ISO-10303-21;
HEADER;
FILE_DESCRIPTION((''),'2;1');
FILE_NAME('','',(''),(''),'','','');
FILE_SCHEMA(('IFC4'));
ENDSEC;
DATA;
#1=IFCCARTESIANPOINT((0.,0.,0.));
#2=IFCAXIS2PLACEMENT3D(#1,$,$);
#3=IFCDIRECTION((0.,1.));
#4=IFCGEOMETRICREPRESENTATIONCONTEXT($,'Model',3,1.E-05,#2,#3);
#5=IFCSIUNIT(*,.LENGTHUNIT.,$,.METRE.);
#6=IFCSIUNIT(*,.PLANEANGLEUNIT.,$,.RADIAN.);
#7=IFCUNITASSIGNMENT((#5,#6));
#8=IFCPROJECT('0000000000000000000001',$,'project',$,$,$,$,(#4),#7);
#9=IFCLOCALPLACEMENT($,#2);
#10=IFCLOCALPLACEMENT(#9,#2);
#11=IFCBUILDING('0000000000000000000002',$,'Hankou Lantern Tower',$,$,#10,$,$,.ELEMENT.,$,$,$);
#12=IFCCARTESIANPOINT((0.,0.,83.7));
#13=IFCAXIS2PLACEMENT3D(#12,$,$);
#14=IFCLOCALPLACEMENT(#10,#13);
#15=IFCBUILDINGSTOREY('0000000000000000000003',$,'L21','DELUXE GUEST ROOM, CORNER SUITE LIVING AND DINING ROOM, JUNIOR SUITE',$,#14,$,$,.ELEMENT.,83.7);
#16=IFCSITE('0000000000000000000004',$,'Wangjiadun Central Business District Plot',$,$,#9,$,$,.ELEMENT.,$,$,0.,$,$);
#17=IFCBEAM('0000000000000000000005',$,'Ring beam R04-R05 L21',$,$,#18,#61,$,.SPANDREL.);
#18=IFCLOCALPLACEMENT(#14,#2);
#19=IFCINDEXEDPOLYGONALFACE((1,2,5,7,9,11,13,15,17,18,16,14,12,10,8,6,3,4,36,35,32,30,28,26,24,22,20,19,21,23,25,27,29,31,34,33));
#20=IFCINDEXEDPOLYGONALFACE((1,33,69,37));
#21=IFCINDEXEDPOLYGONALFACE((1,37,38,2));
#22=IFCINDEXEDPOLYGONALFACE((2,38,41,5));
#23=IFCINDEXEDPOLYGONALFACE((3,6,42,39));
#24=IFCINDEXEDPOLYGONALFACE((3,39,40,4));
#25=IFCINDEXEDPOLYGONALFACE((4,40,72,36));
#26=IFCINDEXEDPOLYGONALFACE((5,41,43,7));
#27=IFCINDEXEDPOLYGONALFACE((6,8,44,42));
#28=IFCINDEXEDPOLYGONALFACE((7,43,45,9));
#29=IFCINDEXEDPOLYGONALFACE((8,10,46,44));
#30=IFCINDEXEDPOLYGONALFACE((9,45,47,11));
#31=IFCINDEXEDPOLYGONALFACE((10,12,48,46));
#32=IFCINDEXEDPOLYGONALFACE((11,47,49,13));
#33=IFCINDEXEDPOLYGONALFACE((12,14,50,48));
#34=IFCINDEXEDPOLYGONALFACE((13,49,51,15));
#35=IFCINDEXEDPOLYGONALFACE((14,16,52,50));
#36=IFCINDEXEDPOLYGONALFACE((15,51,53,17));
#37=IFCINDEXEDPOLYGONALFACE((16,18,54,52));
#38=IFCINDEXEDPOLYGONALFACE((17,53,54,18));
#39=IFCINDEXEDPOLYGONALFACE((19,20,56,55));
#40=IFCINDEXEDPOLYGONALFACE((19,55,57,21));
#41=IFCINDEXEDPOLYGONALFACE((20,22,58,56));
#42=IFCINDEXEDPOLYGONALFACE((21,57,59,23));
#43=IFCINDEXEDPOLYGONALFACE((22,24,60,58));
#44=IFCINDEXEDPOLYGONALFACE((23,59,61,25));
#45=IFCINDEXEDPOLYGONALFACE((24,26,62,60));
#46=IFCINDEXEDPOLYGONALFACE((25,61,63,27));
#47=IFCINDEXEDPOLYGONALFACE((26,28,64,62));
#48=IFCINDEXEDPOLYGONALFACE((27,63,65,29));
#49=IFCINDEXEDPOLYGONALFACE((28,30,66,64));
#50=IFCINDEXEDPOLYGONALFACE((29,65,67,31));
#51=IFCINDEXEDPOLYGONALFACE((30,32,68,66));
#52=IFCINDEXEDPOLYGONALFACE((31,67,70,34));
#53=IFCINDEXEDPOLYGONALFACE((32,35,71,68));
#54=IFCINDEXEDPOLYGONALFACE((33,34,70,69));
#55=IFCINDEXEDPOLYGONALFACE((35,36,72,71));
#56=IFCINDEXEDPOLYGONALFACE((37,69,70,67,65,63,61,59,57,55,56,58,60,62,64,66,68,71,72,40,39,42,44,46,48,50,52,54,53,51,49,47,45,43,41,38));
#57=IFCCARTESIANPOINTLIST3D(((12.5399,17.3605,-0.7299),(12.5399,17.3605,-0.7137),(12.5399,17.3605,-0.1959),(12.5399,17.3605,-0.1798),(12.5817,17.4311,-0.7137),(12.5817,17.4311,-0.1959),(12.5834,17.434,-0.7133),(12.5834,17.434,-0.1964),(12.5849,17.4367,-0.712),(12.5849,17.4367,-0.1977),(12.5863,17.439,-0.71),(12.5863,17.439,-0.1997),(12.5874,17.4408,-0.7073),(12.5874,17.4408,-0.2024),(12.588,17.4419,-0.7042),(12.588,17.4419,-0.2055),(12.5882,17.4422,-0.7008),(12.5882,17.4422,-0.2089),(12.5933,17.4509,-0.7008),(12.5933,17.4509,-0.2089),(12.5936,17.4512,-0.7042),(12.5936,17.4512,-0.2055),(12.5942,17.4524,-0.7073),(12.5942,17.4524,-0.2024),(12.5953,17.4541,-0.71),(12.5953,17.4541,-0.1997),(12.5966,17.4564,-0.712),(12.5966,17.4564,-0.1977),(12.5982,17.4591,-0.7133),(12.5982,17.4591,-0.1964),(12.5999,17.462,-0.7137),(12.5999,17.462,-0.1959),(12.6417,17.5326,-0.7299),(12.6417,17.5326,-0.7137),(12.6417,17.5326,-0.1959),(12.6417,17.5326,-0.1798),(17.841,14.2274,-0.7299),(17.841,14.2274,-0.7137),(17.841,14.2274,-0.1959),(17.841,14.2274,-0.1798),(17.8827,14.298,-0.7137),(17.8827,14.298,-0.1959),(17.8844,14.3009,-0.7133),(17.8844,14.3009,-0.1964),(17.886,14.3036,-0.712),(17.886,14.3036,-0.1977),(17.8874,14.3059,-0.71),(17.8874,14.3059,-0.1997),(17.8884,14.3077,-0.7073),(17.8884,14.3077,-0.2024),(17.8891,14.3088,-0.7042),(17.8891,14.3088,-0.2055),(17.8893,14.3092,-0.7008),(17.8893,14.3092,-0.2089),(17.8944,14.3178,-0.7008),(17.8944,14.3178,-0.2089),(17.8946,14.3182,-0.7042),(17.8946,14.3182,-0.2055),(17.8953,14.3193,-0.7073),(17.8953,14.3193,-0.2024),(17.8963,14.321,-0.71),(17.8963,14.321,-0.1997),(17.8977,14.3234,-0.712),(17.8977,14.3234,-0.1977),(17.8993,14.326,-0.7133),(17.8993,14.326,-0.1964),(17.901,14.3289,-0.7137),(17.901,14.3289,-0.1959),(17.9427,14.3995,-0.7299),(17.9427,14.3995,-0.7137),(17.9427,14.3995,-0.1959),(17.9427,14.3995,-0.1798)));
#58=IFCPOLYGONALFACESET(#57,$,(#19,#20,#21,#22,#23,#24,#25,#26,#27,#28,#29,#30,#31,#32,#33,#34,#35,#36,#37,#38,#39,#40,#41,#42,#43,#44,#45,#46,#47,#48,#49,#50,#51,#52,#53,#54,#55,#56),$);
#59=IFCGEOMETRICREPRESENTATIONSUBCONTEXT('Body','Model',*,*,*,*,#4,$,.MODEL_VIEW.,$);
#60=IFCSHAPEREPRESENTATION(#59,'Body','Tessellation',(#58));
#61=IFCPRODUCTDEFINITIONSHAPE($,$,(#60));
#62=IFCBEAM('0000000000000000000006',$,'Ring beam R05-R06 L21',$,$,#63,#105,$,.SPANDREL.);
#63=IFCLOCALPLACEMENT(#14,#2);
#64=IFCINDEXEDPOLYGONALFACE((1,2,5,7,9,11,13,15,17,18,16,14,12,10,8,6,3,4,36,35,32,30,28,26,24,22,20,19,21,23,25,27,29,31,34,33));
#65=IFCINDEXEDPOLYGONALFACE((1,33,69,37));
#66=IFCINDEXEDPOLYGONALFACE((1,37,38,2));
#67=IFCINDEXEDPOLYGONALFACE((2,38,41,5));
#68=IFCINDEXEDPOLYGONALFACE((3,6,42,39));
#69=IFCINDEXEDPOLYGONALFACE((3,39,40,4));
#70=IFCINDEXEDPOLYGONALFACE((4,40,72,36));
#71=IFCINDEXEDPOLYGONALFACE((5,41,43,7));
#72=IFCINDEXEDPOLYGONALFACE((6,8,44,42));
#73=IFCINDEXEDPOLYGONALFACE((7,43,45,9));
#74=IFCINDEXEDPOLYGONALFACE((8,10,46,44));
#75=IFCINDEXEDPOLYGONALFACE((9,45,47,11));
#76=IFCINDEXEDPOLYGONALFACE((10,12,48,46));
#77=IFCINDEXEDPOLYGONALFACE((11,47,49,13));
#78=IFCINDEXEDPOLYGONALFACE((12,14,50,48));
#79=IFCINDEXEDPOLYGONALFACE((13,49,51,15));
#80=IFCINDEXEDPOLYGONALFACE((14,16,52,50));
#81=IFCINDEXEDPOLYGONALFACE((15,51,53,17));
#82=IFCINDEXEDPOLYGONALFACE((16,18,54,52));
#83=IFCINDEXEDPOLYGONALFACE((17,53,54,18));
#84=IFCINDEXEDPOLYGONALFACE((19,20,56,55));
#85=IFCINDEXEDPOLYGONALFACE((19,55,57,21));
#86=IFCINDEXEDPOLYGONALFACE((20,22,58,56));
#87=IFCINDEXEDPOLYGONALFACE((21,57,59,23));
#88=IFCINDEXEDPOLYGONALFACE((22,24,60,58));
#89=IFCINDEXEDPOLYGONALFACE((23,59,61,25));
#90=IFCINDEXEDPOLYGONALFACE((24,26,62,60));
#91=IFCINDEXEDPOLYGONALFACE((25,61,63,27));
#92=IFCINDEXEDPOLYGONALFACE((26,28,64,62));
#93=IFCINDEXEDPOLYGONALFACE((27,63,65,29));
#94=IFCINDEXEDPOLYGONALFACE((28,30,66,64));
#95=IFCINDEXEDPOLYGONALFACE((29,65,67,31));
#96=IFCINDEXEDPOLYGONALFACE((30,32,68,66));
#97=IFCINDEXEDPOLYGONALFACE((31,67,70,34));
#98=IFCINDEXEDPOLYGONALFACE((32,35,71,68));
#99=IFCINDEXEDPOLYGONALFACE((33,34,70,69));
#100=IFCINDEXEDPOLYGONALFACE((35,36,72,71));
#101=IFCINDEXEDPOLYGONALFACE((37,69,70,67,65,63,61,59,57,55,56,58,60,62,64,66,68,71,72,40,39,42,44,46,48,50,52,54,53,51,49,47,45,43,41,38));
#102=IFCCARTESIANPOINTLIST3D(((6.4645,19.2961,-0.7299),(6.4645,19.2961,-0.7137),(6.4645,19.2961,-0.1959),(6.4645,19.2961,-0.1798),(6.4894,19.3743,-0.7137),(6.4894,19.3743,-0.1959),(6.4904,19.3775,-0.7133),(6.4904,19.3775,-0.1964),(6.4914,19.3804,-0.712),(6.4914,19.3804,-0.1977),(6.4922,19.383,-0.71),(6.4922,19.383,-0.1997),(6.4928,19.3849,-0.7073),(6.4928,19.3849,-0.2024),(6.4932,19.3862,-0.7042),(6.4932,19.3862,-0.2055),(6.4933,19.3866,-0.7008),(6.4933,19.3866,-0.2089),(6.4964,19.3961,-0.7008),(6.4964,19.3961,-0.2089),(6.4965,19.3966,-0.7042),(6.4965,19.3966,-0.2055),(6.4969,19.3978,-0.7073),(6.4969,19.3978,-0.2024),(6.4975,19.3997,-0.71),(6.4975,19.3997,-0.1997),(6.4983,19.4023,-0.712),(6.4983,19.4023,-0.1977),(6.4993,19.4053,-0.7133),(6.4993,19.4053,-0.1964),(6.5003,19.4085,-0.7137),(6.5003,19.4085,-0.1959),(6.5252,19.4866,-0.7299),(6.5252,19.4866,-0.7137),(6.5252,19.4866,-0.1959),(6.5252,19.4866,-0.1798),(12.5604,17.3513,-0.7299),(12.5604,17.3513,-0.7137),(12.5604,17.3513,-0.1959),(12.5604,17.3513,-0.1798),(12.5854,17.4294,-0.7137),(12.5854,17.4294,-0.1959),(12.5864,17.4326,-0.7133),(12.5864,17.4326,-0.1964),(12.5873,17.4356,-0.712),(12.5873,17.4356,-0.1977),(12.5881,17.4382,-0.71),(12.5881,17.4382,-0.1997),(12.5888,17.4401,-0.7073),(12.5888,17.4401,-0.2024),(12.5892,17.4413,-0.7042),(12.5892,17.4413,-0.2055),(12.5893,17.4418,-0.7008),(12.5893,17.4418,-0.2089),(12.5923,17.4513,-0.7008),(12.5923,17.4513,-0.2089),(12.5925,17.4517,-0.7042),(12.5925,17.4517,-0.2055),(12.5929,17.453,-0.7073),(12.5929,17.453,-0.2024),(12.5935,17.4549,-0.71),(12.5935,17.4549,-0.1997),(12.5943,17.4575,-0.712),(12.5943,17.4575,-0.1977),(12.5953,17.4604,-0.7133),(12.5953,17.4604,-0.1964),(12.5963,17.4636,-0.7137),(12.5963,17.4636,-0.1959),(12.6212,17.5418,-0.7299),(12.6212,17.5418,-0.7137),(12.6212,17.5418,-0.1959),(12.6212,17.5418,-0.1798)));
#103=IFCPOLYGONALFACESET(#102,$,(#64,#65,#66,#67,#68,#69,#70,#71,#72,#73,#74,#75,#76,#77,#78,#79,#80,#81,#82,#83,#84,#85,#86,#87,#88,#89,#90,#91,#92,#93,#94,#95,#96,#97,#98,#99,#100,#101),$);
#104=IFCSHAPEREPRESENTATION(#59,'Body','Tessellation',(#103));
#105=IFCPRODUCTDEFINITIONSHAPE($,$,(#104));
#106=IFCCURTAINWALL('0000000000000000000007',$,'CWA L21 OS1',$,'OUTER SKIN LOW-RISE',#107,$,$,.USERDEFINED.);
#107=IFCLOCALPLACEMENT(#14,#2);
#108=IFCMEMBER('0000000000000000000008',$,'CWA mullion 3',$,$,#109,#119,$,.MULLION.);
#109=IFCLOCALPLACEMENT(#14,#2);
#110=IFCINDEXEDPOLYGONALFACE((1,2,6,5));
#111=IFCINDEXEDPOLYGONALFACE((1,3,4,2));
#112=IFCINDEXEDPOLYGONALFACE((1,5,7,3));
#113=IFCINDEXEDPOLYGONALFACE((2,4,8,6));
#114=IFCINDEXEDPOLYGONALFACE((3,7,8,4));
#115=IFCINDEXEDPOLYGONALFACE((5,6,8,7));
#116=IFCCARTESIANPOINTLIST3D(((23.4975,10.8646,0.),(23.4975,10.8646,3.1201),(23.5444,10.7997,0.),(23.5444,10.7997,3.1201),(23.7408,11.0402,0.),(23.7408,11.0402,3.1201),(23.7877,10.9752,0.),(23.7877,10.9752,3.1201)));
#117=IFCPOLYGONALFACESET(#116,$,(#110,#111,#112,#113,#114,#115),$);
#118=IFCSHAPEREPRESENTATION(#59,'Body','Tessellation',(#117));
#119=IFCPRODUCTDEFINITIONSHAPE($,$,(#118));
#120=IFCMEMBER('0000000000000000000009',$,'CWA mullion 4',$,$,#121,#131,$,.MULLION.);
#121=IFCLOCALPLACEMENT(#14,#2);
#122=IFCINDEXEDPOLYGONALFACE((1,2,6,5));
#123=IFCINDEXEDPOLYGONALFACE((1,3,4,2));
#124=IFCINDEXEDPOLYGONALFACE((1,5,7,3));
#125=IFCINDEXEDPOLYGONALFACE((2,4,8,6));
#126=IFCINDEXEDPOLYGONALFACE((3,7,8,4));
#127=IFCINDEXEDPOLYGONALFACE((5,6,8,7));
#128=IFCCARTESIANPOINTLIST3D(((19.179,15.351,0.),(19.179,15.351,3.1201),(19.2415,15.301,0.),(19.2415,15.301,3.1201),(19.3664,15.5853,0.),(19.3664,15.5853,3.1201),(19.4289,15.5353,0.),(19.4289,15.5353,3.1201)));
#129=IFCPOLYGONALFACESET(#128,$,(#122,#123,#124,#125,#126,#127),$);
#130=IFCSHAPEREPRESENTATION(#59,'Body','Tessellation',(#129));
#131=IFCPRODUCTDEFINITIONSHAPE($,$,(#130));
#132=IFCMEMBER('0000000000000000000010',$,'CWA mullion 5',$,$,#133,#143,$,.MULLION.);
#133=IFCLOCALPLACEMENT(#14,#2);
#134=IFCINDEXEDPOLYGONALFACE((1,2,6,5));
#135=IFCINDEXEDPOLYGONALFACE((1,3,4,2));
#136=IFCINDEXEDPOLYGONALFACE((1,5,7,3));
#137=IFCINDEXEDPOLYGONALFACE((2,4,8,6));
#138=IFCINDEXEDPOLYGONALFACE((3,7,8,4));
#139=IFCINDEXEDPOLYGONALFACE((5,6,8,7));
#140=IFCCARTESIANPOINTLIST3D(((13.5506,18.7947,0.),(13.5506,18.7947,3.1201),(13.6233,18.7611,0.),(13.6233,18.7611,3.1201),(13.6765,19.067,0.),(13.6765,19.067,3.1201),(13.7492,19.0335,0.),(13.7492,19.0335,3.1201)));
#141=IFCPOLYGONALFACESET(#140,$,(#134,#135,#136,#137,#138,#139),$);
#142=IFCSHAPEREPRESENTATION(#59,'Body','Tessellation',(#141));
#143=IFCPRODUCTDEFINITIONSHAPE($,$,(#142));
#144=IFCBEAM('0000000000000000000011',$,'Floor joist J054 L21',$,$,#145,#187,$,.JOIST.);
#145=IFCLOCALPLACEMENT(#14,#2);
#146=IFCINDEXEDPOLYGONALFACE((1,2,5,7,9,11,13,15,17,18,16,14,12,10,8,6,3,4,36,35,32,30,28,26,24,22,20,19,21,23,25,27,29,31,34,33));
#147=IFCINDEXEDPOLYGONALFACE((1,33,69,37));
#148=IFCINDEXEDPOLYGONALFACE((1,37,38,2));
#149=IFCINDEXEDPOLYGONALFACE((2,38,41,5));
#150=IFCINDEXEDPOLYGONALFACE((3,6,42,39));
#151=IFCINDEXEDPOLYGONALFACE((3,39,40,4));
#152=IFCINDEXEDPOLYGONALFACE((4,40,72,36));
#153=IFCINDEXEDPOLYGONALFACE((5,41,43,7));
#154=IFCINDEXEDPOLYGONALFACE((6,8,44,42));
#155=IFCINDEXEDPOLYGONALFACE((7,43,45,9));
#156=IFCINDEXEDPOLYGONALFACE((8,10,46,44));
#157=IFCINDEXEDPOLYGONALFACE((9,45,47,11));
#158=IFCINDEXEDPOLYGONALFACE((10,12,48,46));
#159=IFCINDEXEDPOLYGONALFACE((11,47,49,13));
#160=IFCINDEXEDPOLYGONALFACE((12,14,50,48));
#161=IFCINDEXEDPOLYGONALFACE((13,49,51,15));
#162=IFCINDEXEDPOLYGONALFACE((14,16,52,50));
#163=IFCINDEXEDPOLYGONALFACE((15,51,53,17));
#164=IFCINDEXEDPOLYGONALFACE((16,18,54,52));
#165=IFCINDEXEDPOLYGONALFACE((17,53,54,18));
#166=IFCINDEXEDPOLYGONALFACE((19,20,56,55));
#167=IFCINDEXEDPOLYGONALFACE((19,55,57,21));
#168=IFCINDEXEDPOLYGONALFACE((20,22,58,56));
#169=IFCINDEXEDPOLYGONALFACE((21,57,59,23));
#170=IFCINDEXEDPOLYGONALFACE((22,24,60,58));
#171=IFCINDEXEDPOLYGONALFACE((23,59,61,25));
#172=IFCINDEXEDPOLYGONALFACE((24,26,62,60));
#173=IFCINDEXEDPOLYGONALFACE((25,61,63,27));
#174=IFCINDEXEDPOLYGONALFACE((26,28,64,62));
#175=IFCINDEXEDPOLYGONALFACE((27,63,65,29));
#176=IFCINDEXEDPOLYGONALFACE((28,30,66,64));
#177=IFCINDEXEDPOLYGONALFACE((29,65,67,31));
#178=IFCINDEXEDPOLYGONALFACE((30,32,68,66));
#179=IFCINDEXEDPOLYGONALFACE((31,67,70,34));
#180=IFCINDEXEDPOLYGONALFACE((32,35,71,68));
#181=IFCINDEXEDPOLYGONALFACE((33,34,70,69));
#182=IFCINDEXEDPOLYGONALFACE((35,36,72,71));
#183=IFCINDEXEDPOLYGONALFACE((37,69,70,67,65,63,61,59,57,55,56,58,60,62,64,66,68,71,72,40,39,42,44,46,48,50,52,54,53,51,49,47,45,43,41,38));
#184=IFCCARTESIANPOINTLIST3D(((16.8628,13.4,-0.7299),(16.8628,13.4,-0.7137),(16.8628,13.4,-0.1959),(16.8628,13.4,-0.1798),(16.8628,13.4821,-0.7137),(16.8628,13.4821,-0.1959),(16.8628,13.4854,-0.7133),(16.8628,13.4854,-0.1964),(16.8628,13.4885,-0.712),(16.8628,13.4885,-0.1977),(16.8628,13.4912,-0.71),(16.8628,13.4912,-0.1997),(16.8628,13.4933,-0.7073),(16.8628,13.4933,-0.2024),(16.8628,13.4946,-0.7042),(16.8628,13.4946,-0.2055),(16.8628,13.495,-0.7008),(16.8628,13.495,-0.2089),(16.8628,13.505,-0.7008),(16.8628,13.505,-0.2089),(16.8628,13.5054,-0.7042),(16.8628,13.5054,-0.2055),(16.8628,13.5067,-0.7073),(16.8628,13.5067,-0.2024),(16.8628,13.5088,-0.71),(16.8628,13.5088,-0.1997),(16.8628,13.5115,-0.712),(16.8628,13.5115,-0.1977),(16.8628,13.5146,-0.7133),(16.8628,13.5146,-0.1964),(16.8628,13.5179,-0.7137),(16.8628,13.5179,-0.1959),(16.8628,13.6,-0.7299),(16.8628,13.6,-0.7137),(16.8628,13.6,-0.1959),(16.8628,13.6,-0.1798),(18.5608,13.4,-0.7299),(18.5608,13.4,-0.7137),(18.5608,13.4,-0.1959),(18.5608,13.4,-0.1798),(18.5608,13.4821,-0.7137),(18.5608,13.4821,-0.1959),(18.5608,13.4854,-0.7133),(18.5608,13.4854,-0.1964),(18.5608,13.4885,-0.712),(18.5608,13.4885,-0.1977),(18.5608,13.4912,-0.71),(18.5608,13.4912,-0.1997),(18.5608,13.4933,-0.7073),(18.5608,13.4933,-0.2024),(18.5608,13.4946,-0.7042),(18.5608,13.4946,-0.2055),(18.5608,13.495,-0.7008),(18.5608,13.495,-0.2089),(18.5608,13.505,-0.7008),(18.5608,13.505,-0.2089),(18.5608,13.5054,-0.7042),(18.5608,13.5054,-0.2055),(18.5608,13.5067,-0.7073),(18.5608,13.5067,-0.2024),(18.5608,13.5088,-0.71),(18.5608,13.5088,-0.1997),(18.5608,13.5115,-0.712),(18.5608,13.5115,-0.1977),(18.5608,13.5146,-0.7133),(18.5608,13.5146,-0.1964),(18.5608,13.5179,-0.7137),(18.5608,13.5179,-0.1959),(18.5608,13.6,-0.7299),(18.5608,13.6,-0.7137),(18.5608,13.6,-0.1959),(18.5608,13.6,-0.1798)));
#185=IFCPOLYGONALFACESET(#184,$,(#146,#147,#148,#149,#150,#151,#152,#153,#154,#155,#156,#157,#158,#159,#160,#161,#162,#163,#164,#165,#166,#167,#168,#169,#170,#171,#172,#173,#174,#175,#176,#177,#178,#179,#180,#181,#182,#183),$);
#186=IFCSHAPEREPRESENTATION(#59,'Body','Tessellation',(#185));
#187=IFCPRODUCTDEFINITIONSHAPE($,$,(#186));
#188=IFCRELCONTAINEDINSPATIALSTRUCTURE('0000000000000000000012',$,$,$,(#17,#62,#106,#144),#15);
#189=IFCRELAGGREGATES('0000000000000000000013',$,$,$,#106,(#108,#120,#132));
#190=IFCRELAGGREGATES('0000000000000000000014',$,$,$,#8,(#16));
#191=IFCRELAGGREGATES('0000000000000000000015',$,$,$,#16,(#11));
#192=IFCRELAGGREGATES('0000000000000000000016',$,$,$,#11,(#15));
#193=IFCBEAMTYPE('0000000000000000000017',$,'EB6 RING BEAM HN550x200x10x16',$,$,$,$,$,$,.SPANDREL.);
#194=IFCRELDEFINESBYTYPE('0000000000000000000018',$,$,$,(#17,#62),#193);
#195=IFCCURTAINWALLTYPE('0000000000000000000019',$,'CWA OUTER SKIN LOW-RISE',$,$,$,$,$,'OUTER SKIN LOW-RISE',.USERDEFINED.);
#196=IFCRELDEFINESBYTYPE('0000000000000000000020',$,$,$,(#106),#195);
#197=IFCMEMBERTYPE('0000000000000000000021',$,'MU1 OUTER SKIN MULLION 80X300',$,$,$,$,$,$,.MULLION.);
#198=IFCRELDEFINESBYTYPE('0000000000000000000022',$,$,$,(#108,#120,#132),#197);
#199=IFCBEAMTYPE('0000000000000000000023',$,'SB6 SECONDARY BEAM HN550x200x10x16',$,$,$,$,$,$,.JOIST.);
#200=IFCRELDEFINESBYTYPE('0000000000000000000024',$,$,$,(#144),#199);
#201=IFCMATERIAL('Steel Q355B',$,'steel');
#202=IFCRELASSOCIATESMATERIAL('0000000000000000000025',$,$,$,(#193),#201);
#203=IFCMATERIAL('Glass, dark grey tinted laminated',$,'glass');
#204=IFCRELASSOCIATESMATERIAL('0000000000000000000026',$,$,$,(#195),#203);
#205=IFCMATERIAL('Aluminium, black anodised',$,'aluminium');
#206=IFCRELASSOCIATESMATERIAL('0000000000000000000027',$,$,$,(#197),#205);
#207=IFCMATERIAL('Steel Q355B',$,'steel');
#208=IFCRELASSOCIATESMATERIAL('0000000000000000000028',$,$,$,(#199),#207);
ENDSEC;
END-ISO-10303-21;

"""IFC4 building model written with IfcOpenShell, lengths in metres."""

from ifc_helpers import new_model, si_unit, direction, frame, origin, origin_2d, place, context, subcontext, project, spatial, rectangle, i_section, extrude, material, material_profile, profile_set, type_object, element, aggregate, save


model = new_model("IFC4")

# Units and contexts
model_context = context("Model", 3, precision=1e-05, world=origin(), true_north=direction((0.0, 1.0)))
body_context = subcontext(model_context, "Body", "Model", "MODEL_VIEW")
ifc_project = project(units=[si_unit("LENGTHUNIT", "METRE"), si_unit("PLANEANGLEUNIT", "RADIAN")], contexts=[model_context])

# Site, building, storey
site_placement = place(None, origin())
site = spatial("IfcSite", under=ifc_project, at=site_placement, Name="Wangjiadun Central Business District Plot", CompositionType="ELEMENT", RefElevation=0.0)
building_placement = place(site_placement, origin())
building = spatial("IfcBuilding", under=site, at=building_placement, Name="Hankou Lantern Tower", CompositionType="ELEMENT")
storey_placement = place(building_placement, frame((0.0, 0.0, 83.7)))
storey = spatial("IfcBuildingStorey", under=building, at=storey_placement, Name="L21", Description="DELUXE GUEST ROOM, CORNER SUITE LIVING AND DINING ROOM, JUNIOR SUITE", CompositionType="ELEMENT", Elevation=83.7)

# Beams
ifc_material_1 = material(Name="Steel Q355B", Category="steel")
ifc_material_profile_1 = material_profile(ifc_material_1, i_section(OverallWidth=0.2, OverallDepth=0.55, WebThickness=0.01, FlangeThickness=0.0161, FilletRadius=0.0129, at=origin_2d()), Name="HN550x200x10x16")
ifc_profile_set_1 = profile_set([ifc_material_profile_1], Name="Steel Q355B")
beam_type_1 = type_object("IfcBeamType", Name="EB6 RING BEAM HN550x200x10x16", PredefinedType="SPANDREL", material=ifc_profile_set_1)
beam_1_placement = place(storey_placement, frame((17.8918, 14.3135, -0.4548), z_axis=(-0.860882, 0.508805, 0.0), x_axis=(-0.508805, -0.860882, 0.0)))
element("IfcBeam", 1, at=beam_1_placement, inside=storey, type_object=beam_type_1, Name="Ring beam R04-R05 L21", PredefinedType="SPANDREL", context=body_context, shape_type="SweptSolid", body=[
    extrude(i_section(OverallWidth=0.2, OverallDepth=0.55, WebThickness=0.01, FlangeThickness=0.0161, FilletRadius=0.0129, at=origin_2d()), origin(), (0.0, 0.0, 1.0), 6.1577),
])
beam_2_placement = place(storey_placement, frame((12.5908, 17.4465, -0.4548), z_axis=(-0.95269, 0.303942, 0.0), x_axis=(-0.303942, -0.95269, 0.0)))
element("IfcBeam", 2, at=beam_2_placement, inside=storey, type_object=beam_type_1, Name="Ring beam R05-R06 L21", PredefinedType="SPANDREL", context=body_context, shape_type="SweptSolid", body=[
    extrude(i_section(OverallWidth=0.2, OverallDepth=0.55, WebThickness=0.01, FlangeThickness=0.0161, FilletRadius=0.0129, at=origin_2d()), origin(), (0.0, 0.0, 1.0), 6.3987),
])

# Curtain wall, members
ifc_material_2 = material(Name="Glass, dark grey tinted laminated", Category="glass")
curtain_wall_type = type_object("IfcCurtainWallType", Name="CWA OUTER SKIN LOW-RISE", ElementType="OUTER SKIN LOW-RISE", PredefinedType="USERDEFINED", material=ifc_material_2)
curtain_wall_placement = place(storey_placement, origin())
curtain_wall = element("IfcCurtainWall", 3, at=curtain_wall_placement, inside=storey, type_object=curtain_wall_type, Name="CWA L21 OS1", ObjectType="OUTER SKIN LOW-RISE", PredefinedType="USERDEFINED")
ifc_material_3 = material(Name="Aluminium, black anodised", Category="aluminium")
ifc_material_profile_2 = material_profile(ifc_material_3, rectangle(XDim=0.0801, YDim=0.3, at=origin_2d()), Name="MU1 80X300")
ifc_profile_set_2 = profile_set([ifc_material_profile_2], Name="Aluminium, black anodised")
member_type_1 = type_object("IfcMemberType", Name="MU1 OUTER SKIN MULLION 80X300", PredefinedType="MULLION", material=ifc_profile_set_2)
member_1_placement = place(storey_placement, frame((23.6426, 10.9199, 0.0), z_axis=(0.0, 0.0, 1.0), x_axis=(-0.585206, 0.810885, 0.0)))
member_1 = element("IfcMember", 4, at=member_1_placement, type_object=member_type_1, Name="CWA mullion 3", PredefinedType="MULLION", context=body_context, shape_type="SweptSolid", body=[
    extrude(rectangle(XDim=0.0801, YDim=0.3, at=origin_2d()), origin(), (0.0, 0.0, 1.0), 3.1201),
])
member_2_placement = place(storey_placement, frame((19.304, 15.4431, 0.0), z_axis=(0.0, 0.0, 1.0), x_axis=(-0.780869, 0.624695, 0.0)))
member_2 = element("IfcMember", 5, at=member_2_placement, type_object=member_type_1, Name="CWA mullion 4", PredefinedType="MULLION", context=body_context, shape_type="SweptSolid", body=[
    extrude(rectangle(XDim=0.0801, YDim=0.3, at=origin_2d()), origin(), (0.0, 0.0, 1.0), 3.1201),
])
member_3_placement = place(storey_placement, frame((13.6499, 18.9141, 0.0), z_axis=(0.0, 0.0, 1.0), x_axis=(-0.907841, 0.419314, 0.0)))
member_3 = element("IfcMember", 6, at=member_3_placement, type_object=member_type_1, Name="CWA mullion 5", PredefinedType="MULLION", context=body_context, shape_type="SweptSolid", body=[
    extrude(rectangle(XDim=0.0801, YDim=0.3, at=origin_2d()), origin(), (0.0, 0.0, 1.0), 3.1201),
])

# Beam
ifc_material_4 = material(Name="Steel Q355B", Category="steel")
ifc_material_profile_3 = material_profile(ifc_material_4, i_section(OverallWidth=0.2, OverallDepth=0.55, WebThickness=0.01, FlangeThickness=0.0161, FilletRadius=0.0129, at=origin_2d()), Name="HN550x200x10x16")
ifc_profile_set_3 = profile_set([ifc_material_profile_3], Name="Steel Q355B")
beam_type_2 = type_object("IfcBeamType", Name="SB6 SECONDARY BEAM HN550x200x10x16", PredefinedType="JOIST", material=ifc_profile_set_3)
beam_3_placement = place(storey_placement, frame((16.8628, 13.5, -0.4548), z_axis=(1.0, 0.0, 0.0), x_axis=(0.0, 1.0, 0.0)))
element("IfcBeam", 7, at=beam_3_placement, inside=storey, type_object=beam_type_2, Name="Floor joist J054 L21", PredefinedType="JOIST", context=body_context, shape_type="SweptSolid", body=[
    extrude(i_section(OverallWidth=0.2, OverallDepth=0.55, WebThickness=0.01, FlangeThickness=0.0161, FilletRadius=0.0129, at=origin_2d()), origin(), (0.0, 0.0, 1.0), 1.698),
])

aggregate(curtain_wall, [member_1, member_2, member_3])

save(model, "model.ifc")
